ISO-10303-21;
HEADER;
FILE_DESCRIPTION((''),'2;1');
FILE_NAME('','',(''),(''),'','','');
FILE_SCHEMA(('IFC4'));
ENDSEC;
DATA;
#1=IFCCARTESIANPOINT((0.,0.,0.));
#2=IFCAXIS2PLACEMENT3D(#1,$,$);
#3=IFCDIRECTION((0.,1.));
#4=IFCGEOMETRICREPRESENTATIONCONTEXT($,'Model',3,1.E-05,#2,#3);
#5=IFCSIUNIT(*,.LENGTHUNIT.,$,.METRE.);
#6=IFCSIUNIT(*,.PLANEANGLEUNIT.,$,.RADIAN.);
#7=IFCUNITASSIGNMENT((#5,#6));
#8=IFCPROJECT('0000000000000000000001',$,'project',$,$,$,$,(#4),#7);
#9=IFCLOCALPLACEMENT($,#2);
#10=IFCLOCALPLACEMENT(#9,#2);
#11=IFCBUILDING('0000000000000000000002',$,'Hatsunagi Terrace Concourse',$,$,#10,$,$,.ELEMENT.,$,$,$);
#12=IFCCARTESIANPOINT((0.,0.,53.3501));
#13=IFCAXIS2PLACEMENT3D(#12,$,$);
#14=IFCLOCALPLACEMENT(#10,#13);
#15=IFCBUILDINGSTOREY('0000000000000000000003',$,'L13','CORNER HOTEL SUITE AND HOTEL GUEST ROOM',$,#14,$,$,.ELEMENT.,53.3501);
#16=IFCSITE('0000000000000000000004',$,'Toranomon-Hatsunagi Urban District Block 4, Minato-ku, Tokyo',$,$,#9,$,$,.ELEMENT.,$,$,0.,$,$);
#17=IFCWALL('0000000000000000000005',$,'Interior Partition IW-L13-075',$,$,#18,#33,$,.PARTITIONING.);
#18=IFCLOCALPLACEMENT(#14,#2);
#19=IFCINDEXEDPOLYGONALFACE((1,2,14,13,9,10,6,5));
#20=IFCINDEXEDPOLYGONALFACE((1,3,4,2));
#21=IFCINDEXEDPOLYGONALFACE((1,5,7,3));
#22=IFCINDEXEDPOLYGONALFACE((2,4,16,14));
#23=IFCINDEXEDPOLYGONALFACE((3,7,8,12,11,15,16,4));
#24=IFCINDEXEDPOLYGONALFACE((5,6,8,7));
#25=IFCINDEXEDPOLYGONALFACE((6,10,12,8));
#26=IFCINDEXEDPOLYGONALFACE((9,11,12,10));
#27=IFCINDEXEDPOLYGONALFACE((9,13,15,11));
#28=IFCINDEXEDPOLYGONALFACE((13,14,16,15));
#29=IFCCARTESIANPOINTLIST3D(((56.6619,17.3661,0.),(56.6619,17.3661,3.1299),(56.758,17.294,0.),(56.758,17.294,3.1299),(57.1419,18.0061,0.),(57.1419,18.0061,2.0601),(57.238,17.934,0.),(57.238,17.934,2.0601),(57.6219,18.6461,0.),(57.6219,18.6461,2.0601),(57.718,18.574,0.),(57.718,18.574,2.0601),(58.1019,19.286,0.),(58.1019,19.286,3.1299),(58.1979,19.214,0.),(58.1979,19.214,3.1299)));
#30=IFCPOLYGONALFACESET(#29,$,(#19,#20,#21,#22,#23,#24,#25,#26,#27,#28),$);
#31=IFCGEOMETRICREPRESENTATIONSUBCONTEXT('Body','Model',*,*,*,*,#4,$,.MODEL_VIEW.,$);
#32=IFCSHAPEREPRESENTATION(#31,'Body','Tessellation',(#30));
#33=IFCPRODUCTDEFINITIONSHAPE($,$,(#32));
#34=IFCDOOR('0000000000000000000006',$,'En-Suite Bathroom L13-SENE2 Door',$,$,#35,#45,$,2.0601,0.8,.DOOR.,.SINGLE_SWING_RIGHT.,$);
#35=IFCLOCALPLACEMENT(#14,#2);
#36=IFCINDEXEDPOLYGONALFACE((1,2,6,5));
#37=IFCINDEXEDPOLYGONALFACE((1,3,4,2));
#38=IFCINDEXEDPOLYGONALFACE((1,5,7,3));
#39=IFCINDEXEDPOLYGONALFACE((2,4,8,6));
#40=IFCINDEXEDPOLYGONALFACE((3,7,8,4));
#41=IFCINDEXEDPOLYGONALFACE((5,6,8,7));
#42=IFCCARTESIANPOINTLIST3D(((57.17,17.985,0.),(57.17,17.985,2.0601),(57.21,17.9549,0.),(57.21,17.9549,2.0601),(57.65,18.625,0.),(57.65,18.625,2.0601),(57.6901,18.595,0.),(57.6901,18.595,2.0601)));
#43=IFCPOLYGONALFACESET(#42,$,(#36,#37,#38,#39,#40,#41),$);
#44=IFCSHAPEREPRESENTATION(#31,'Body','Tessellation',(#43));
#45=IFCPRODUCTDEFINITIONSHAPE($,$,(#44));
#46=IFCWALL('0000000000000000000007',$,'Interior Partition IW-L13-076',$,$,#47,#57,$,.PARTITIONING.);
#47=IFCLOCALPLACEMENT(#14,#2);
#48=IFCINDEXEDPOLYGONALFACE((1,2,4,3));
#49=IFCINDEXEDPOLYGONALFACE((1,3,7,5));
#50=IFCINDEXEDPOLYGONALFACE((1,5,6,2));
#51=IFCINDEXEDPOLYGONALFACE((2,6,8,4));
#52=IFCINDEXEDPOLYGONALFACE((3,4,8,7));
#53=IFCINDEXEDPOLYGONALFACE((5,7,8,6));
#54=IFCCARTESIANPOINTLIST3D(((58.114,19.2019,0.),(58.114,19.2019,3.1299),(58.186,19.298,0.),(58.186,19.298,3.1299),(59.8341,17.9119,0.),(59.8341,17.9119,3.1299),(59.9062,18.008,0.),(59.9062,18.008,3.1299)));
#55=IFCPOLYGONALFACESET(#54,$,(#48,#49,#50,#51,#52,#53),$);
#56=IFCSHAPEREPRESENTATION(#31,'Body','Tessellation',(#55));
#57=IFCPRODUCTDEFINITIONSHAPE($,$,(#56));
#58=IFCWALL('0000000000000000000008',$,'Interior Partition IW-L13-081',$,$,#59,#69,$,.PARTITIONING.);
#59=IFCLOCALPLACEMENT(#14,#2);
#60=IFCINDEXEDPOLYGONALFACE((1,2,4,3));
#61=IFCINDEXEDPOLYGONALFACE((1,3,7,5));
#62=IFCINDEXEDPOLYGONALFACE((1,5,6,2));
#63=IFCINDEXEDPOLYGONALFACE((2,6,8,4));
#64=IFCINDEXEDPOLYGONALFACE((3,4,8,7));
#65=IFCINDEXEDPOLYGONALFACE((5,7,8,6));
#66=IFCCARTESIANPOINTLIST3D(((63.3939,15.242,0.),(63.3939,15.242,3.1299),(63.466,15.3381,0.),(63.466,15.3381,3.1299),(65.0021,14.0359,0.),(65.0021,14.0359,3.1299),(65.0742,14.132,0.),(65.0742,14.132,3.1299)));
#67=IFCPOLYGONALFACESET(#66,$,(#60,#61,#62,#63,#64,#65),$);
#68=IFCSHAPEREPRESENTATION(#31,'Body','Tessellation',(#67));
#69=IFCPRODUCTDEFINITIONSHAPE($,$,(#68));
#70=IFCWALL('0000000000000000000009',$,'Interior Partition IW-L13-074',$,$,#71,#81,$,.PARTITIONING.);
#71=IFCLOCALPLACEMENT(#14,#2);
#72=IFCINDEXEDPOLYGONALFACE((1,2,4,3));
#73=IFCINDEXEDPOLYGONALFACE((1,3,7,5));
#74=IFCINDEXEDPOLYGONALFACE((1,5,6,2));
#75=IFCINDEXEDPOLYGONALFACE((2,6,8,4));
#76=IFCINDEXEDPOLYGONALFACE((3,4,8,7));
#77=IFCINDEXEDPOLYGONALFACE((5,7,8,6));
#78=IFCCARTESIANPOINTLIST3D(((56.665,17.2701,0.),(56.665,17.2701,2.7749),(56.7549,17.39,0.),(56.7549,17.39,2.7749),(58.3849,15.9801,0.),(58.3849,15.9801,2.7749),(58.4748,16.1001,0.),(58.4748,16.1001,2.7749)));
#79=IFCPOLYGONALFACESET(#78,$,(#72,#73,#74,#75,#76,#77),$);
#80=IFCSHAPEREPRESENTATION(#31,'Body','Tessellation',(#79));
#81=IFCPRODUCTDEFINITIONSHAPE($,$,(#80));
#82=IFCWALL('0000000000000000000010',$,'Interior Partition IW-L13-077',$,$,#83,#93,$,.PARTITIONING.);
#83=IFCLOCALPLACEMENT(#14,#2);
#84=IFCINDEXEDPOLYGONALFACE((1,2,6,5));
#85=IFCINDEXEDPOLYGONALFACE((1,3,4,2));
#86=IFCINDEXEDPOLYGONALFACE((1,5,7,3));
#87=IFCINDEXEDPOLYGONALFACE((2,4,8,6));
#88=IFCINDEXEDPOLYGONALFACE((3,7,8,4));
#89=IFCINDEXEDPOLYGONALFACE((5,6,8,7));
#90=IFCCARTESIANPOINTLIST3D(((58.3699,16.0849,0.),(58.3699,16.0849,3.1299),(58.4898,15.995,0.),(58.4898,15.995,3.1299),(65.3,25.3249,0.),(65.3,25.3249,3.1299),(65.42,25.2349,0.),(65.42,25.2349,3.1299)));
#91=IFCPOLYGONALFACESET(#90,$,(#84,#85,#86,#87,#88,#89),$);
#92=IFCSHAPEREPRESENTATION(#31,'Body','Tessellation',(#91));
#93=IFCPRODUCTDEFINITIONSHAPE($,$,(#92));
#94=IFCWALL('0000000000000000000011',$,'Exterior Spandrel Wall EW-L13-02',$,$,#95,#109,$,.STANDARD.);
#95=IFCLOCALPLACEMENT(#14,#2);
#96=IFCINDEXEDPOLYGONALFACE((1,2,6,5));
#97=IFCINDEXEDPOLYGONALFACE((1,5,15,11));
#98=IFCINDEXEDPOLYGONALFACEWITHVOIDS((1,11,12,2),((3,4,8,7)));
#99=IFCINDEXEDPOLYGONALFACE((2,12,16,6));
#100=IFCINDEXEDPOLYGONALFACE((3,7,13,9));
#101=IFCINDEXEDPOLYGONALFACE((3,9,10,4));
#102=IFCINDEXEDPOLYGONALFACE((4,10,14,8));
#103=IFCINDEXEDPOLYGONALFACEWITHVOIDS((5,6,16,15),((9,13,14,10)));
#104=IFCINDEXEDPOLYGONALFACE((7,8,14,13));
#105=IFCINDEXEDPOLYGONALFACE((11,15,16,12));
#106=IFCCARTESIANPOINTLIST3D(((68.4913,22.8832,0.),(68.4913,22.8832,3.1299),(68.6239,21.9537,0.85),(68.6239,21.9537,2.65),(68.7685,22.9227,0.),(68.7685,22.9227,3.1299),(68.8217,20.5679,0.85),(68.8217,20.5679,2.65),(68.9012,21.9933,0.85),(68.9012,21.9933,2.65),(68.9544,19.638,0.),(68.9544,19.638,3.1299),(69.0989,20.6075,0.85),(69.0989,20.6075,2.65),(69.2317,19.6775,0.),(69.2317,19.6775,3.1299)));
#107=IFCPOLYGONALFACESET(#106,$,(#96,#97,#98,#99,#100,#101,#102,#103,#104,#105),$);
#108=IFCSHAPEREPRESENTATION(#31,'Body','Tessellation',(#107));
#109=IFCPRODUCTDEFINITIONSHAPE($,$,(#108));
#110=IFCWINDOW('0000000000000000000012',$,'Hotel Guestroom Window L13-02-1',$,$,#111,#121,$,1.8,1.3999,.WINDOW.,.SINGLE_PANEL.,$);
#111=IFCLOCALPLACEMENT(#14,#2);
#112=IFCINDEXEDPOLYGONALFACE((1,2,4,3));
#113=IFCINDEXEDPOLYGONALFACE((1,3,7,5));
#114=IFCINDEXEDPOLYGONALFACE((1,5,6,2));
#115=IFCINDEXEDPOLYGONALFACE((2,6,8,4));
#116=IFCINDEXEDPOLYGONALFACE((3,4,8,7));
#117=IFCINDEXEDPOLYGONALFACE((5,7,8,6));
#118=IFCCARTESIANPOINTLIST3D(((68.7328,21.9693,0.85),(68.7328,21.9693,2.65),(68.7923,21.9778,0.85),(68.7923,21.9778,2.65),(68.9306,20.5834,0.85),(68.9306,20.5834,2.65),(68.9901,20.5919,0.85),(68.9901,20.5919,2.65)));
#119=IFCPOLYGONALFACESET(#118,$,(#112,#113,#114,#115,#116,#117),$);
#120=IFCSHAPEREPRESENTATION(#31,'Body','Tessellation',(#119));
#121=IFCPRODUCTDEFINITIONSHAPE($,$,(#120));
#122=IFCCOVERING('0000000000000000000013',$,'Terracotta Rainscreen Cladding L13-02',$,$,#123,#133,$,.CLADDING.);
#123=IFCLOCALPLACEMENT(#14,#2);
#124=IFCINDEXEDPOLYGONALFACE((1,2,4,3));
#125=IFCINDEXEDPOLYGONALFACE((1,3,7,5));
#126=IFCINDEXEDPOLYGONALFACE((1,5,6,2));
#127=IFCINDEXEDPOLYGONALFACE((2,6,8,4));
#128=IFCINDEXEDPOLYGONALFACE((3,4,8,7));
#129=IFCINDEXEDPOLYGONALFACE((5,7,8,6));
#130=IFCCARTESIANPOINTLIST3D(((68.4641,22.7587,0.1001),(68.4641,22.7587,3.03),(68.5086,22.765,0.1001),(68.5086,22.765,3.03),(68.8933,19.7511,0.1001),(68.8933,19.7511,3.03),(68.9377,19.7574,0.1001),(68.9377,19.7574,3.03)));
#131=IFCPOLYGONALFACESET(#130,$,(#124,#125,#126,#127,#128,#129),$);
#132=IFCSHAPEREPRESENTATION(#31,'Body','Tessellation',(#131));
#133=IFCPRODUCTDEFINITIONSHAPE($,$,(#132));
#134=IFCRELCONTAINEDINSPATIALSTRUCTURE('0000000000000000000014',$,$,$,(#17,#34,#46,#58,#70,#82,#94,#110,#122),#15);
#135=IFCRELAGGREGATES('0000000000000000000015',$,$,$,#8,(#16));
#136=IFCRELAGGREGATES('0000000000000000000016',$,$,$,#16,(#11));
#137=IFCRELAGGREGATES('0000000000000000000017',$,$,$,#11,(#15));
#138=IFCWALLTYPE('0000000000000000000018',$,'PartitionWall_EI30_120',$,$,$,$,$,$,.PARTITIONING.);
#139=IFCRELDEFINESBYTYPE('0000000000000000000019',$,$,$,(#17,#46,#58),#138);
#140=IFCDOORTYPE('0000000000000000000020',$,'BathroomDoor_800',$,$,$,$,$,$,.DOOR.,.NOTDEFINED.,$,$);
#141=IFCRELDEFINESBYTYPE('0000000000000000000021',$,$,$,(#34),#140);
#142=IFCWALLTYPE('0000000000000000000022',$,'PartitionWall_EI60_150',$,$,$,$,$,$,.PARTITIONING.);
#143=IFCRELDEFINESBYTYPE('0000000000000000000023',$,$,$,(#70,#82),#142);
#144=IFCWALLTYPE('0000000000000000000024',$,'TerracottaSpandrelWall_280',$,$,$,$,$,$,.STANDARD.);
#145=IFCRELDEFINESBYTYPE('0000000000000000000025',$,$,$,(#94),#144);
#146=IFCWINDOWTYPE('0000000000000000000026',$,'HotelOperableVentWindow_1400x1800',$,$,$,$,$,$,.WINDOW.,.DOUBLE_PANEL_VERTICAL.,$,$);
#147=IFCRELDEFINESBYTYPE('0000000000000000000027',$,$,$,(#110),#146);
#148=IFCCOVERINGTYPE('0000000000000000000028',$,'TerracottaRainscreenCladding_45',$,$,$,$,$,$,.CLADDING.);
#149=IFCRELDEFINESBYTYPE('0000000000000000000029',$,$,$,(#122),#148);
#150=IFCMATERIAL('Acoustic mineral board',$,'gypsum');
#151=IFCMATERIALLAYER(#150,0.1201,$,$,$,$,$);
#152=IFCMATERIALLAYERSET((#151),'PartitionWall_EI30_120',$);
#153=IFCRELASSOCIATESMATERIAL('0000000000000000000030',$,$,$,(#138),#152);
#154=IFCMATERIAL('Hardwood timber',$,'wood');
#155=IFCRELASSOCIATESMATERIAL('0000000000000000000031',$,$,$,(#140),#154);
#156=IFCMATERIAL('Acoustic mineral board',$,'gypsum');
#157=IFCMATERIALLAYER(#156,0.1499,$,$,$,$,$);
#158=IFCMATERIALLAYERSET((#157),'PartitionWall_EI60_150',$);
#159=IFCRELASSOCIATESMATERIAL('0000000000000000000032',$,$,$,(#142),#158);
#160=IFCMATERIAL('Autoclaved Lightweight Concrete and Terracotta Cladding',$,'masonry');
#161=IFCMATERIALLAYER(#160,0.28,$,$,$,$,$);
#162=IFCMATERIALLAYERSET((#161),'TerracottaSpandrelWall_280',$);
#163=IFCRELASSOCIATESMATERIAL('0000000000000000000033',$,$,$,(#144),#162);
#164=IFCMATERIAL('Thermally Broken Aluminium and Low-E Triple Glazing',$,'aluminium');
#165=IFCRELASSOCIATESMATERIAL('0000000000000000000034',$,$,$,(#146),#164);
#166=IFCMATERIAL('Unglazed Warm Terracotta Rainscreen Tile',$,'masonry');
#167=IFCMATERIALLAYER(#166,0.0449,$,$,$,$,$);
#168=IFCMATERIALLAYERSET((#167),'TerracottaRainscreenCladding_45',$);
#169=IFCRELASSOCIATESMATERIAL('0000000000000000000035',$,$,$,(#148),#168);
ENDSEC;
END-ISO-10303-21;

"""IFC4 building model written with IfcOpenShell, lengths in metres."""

from ifc_helpers import new_model, si_unit, direction, frame, frame_2d, origin, origin_2d, place, context, subcontext, project, spatial, rectangle, extrude, material, layer, layer_set, type_object, element, fill, save


model = new_model("IFC4")

# Units and contexts
model_context = context("Model", 3, precision=1e-05, world=origin(), true_north=direction((0.0, 1.0)))
body_context = subcontext(model_context, "Body", "Model", "MODEL_VIEW")
ifc_project = project(units=[si_unit("LENGTHUNIT", "METRE"), si_unit("PLANEANGLEUNIT", "RADIAN")], contexts=[model_context])

# Site, building, storey
site_placement = place(None, origin())
site = spatial("IfcSite", under=ifc_project, at=site_placement, Name="Toranomon-Hatsunagi Urban District Block 4, Minato-ku, Tokyo", CompositionType="ELEMENT", RefElevation=0.0)
building_placement = place(site_placement, origin())
building = spatial("IfcBuilding", under=site, at=building_placement, Name="Hatsunagi Terrace Concourse", CompositionType="ELEMENT")
storey_placement = place(building_placement, frame((0.0, 0.0, 53.3501)))
storey = spatial("IfcBuildingStorey", under=building, at=storey_placement, Name="L13", Description="CORNER HOTEL SUITE AND HOTEL GUEST ROOM", CompositionType="ELEMENT", Elevation=53.3501)

# Wall, opening, door
ifc_material_1 = material(Name="Acoustic mineral board", Category="gypsum")
ifc_layer_1 = layer(ifc_material_1, 0.1201)
ifc_layer_set_1 = layer_set([ifc_layer_1], Name="PartitionWall_EI30_120")
wall_type_1 = type_object("IfcWallType", Name="PartitionWall_EI30_120", PredefinedType="PARTITIONING", material=ifc_layer_set_1)
wall_1_placement = place(storey_placement, frame((56.71, 17.3301, 0.0), z_axis=(0.0, 0.0, 1.0), x_axis=(0.6, 0.8, 0.0)))
wall_1 = element("IfcWall", 1, at=wall_1_placement, inside=storey, type_object=wall_type_1, Name="Interior Partition IW-L13-075", PredefinedType="PARTITIONING", context=body_context, shape_type="SweptSolid", body=[
    extrude(rectangle(XDim=2.3999, YDim=0.1201, at=frame_2d((1.2, 0.0))), origin(), (0.0, 0.0, 1.0), 3.1299),
])
opening_1_placement = place(wall_1_placement, frame((0.8, 0.0, 0.0)))
opening_1 = element("IfcOpeningElement", 2, at=opening_1_placement, cuts=wall_1, PredefinedType="OPENING", context=body_context, shape_type="SweptSolid", body=[
    extrude(rectangle(XDim=0.8, YDim=2.0601, at=frame_2d((0.3999, 1.03))), frame((0.0, 0.0701, 0.0), z_axis=(0.0, -1.0, 0.0), x_axis=(1.0, 0.0, 0.0)), (0.0, 0.0, 1.0), 0.1401),
])
ifc_material_2 = material(Name="Hardwood timber", Category="wood")
door_type_1 = type_object("IfcDoorType", Name="BathroomDoor_800", OperationType="NOTDEFINED", PredefinedType="DOOR", material=ifc_material_2)
door_1_placement = place(opening_1_placement, origin())
door_1 = element("IfcDoor", 3, at=door_1_placement, inside=storey, type_object=door_type_1, Name="En-Suite Bathroom L13-SENE2 Door", OperationType="SINGLE_SWING_RIGHT", OverallHeight=2.0601, OverallWidth=0.8, PredefinedType="DOOR", context=body_context, shape_type="SweptSolid", body=[
    extrude(rectangle(XDim=0.8, YDim=2.0601, at=frame_2d((0.3999, 1.03))), frame((0.0, 0.0249, 0.0), z_axis=(0.0, -1.0, 0.0), x_axis=(1.0, 0.0, 0.0)), (0.0, 0.0, 1.0), 0.05),
])
fill(opening_1, door_1)

# Walls
wall_2_placement = place(storey_placement, frame((58.1499, 19.25, 0.0), z_axis=(0.0, 0.0, 1.0), x_axis=(0.800027, -0.599964, 0.0)))
element("IfcWall", 4, at=wall_2_placement, inside=storey, type_object=wall_type_1, Name="Interior Partition IW-L13-076", PredefinedType="PARTITIONING", context=body_context, shape_type="SweptSolid", body=[
    extrude(rectangle(XDim=2.1501, YDim=0.1201, at=frame_2d((1.0752, 0.0))), origin(), (0.0, 0.0, 1.0), 3.1299),
])
wall_3_placement = place(storey_placement, frame((63.4299, 15.29, 0.0), z_axis=(0.0, 0.0, 1.0), x_axis=(0.800015, -0.599981, 0.0)))
element("IfcWall", 5, at=wall_3_placement, inside=storey, type_object=wall_type_1, Name="Interior Partition IW-L13-081", PredefinedType="PARTITIONING", context=body_context, shape_type="SweptSolid", body=[
    extrude(rectangle(XDim=2.0103, YDim=0.1201, at=frame_2d((1.0051, 0.0))), origin(), (0.0, 0.0, 1.0), 3.1299),
])
ifc_material_3 = material(Name="Acoustic mineral board", Category="gypsum")
ifc_layer_2 = layer(ifc_material_3, 0.1499)
ifc_layer_set_2 = layer_set([ifc_layer_2], Name="PartitionWall_EI60_150")
wall_type_2 = type_object("IfcWallType", Name="PartitionWall_EI60_150", PredefinedType="PARTITIONING", material=ifc_layer_set_2)
wall_4_placement = place(storey_placement, frame((56.71, 17.3301, 0.0), z_axis=(0.0, 0.0, 1.0), x_axis=(0.799986, -0.600018, 0.0)))
element("IfcWall", 6, at=wall_4_placement, inside=storey, type_object=wall_type_2, Name="Interior Partition IW-L13-074", PredefinedType="PARTITIONING", context=body_context, shape_type="SweptSolid", body=[
    extrude(rectangle(XDim=2.1499, YDim=0.1499, at=frame_2d((1.075, 0.0))), origin(), (0.0, 0.0, 1.0), 2.7749),
])
wall_5_placement = place(storey_placement, frame((58.4299, 16.04, 0.0), z_axis=(0.0, 0.0, 1.0), x_axis=(0.60001, 0.799992, 0.0)))
element("IfcWall", 7, at=wall_5_placement, inside=storey, type_object=wall_type_2, Name="Interior Partition IW-L13-077", PredefinedType="PARTITIONING", context=body_context, shape_type="SweptSolid", body=[
    extrude(rectangle(XDim=11.55, YDim=0.1499, at=frame_2d((5.7749, 0.0))), origin(), (0.0, 0.0, 1.0), 3.1299),
])

# Wall, opening, window
ifc_material_4 = material(Name="Autoclaved Lightweight Concrete and Terracotta Cladding", Category="masonry")
ifc_layer_3 = layer(ifc_material_4, 0.28)
ifc_layer_set_3 = layer_set([ifc_layer_3], Name="TerracottaSpandrelWall_280")
wall_type_3 = type_object("IfcWallType", Name="TerracottaSpandrelWall_280", PredefinedType="STANDARD", material=ifc_layer_set_3)
wall_6_placement = place(storey_placement, frame((68.6299, 22.9031, 0.0), z_axis=(0.0, 0.0, 1.0), x_axis=(0.141286, -0.989969, 0.0)))
wall_6 = element("IfcWall", 8, at=wall_6_placement, inside=storey, type_object=wall_type_3, Name="Exterior Spandrel Wall EW-L13-02", PredefinedType="STANDARD", context=body_context, shape_type="SweptSolid", body=[
    extrude(rectangle(XDim=3.2781, YDim=0.28, at=frame_2d((1.6392, 0.0))), origin(), (0.0, 0.0, 1.0), 3.1299),
])
opening_2_placement = place(wall_6_placement, frame((0.939, 0.0, 0.8501)))
opening_2 = element("IfcOpeningElement", 9, at=opening_2_placement, cuts=wall_6, PredefinedType="OPENING", context=body_context, shape_type="SweptSolid", body=[
    extrude(rectangle(XDim=1.3999, YDim=1.8, at=frame_2d((0.7, 0.8999))), frame((0.0, 0.1499, 0.0), z_axis=(0.0, -1.0, 0.0), x_axis=(1.0, 0.0, 0.0)), (0.0, 0.0, 1.0), 0.3),
])
ifc_material_5 = material(Name="Thermally Broken Aluminium and Low-E Triple Glazing", Category="aluminium")
window_type = type_object("IfcWindowType", Name="HotelOperableVentWindow_1400x1800", PartitioningType="DOUBLE_PANEL_VERTICAL", PredefinedType="WINDOW", material=ifc_material_5)
window_placement = place(opening_2_placement, origin())
window = element("IfcWindow", 10, at=window_placement, inside=storey, type_object=window_type, Name="Hotel Guestroom Window L13-02-1", OverallHeight=1.8, OverallWidth=1.3999, PartitioningType="SINGLE_PANEL", PredefinedType="WINDOW", context=body_context, shape_type="SweptSolid", body=[
    extrude(rectangle(XDim=1.3999, YDim=1.8, at=frame_2d((0.7, 0.8999))), frame((0.0, 0.03, 0.0), z_axis=(0.0, -1.0, 0.0), x_axis=(1.0, 0.0, 0.0)), (0.0, 0.0, 1.0), 0.0601),
])
fill(opening_2, window)

# Covering
ifc_material_6 = material(Name="Unglazed Warm Terracotta Rainscreen Tile", Category="masonry")
ifc_layer_4 = layer(ifc_material_6, 0.0449)
ifc_layer_set_4 = layer_set([ifc_layer_4], Name="TerracottaRainscreenCladding_45")
covering_type = type_object("IfcCoveringType", Name="TerracottaRainscreenCladding_45", PredefinedType="CLADDING", material=ifc_layer_set_4)
covering_placement = place(storey_placement, frame((68.7009, 21.2581, 0.1001), z_axis=(0.0, 0.0, 1.0), x_axis=(0.14125, -0.989974, 0.0)))
element("IfcCovering", 11, at=covering_placement, inside=storey, type_object=covering_type, Name="Terracotta Rainscreen Cladding L13-02", PredefinedType="CLADDING", context=body_context, shape_type="SweptSolid", body=[
    extrude(rectangle(XDim=3.0381, YDim=0.0449, at=origin_2d()), origin(), (0.0, 0.0, 1.0), 2.9299),
])

save(model, "model.ifc")
